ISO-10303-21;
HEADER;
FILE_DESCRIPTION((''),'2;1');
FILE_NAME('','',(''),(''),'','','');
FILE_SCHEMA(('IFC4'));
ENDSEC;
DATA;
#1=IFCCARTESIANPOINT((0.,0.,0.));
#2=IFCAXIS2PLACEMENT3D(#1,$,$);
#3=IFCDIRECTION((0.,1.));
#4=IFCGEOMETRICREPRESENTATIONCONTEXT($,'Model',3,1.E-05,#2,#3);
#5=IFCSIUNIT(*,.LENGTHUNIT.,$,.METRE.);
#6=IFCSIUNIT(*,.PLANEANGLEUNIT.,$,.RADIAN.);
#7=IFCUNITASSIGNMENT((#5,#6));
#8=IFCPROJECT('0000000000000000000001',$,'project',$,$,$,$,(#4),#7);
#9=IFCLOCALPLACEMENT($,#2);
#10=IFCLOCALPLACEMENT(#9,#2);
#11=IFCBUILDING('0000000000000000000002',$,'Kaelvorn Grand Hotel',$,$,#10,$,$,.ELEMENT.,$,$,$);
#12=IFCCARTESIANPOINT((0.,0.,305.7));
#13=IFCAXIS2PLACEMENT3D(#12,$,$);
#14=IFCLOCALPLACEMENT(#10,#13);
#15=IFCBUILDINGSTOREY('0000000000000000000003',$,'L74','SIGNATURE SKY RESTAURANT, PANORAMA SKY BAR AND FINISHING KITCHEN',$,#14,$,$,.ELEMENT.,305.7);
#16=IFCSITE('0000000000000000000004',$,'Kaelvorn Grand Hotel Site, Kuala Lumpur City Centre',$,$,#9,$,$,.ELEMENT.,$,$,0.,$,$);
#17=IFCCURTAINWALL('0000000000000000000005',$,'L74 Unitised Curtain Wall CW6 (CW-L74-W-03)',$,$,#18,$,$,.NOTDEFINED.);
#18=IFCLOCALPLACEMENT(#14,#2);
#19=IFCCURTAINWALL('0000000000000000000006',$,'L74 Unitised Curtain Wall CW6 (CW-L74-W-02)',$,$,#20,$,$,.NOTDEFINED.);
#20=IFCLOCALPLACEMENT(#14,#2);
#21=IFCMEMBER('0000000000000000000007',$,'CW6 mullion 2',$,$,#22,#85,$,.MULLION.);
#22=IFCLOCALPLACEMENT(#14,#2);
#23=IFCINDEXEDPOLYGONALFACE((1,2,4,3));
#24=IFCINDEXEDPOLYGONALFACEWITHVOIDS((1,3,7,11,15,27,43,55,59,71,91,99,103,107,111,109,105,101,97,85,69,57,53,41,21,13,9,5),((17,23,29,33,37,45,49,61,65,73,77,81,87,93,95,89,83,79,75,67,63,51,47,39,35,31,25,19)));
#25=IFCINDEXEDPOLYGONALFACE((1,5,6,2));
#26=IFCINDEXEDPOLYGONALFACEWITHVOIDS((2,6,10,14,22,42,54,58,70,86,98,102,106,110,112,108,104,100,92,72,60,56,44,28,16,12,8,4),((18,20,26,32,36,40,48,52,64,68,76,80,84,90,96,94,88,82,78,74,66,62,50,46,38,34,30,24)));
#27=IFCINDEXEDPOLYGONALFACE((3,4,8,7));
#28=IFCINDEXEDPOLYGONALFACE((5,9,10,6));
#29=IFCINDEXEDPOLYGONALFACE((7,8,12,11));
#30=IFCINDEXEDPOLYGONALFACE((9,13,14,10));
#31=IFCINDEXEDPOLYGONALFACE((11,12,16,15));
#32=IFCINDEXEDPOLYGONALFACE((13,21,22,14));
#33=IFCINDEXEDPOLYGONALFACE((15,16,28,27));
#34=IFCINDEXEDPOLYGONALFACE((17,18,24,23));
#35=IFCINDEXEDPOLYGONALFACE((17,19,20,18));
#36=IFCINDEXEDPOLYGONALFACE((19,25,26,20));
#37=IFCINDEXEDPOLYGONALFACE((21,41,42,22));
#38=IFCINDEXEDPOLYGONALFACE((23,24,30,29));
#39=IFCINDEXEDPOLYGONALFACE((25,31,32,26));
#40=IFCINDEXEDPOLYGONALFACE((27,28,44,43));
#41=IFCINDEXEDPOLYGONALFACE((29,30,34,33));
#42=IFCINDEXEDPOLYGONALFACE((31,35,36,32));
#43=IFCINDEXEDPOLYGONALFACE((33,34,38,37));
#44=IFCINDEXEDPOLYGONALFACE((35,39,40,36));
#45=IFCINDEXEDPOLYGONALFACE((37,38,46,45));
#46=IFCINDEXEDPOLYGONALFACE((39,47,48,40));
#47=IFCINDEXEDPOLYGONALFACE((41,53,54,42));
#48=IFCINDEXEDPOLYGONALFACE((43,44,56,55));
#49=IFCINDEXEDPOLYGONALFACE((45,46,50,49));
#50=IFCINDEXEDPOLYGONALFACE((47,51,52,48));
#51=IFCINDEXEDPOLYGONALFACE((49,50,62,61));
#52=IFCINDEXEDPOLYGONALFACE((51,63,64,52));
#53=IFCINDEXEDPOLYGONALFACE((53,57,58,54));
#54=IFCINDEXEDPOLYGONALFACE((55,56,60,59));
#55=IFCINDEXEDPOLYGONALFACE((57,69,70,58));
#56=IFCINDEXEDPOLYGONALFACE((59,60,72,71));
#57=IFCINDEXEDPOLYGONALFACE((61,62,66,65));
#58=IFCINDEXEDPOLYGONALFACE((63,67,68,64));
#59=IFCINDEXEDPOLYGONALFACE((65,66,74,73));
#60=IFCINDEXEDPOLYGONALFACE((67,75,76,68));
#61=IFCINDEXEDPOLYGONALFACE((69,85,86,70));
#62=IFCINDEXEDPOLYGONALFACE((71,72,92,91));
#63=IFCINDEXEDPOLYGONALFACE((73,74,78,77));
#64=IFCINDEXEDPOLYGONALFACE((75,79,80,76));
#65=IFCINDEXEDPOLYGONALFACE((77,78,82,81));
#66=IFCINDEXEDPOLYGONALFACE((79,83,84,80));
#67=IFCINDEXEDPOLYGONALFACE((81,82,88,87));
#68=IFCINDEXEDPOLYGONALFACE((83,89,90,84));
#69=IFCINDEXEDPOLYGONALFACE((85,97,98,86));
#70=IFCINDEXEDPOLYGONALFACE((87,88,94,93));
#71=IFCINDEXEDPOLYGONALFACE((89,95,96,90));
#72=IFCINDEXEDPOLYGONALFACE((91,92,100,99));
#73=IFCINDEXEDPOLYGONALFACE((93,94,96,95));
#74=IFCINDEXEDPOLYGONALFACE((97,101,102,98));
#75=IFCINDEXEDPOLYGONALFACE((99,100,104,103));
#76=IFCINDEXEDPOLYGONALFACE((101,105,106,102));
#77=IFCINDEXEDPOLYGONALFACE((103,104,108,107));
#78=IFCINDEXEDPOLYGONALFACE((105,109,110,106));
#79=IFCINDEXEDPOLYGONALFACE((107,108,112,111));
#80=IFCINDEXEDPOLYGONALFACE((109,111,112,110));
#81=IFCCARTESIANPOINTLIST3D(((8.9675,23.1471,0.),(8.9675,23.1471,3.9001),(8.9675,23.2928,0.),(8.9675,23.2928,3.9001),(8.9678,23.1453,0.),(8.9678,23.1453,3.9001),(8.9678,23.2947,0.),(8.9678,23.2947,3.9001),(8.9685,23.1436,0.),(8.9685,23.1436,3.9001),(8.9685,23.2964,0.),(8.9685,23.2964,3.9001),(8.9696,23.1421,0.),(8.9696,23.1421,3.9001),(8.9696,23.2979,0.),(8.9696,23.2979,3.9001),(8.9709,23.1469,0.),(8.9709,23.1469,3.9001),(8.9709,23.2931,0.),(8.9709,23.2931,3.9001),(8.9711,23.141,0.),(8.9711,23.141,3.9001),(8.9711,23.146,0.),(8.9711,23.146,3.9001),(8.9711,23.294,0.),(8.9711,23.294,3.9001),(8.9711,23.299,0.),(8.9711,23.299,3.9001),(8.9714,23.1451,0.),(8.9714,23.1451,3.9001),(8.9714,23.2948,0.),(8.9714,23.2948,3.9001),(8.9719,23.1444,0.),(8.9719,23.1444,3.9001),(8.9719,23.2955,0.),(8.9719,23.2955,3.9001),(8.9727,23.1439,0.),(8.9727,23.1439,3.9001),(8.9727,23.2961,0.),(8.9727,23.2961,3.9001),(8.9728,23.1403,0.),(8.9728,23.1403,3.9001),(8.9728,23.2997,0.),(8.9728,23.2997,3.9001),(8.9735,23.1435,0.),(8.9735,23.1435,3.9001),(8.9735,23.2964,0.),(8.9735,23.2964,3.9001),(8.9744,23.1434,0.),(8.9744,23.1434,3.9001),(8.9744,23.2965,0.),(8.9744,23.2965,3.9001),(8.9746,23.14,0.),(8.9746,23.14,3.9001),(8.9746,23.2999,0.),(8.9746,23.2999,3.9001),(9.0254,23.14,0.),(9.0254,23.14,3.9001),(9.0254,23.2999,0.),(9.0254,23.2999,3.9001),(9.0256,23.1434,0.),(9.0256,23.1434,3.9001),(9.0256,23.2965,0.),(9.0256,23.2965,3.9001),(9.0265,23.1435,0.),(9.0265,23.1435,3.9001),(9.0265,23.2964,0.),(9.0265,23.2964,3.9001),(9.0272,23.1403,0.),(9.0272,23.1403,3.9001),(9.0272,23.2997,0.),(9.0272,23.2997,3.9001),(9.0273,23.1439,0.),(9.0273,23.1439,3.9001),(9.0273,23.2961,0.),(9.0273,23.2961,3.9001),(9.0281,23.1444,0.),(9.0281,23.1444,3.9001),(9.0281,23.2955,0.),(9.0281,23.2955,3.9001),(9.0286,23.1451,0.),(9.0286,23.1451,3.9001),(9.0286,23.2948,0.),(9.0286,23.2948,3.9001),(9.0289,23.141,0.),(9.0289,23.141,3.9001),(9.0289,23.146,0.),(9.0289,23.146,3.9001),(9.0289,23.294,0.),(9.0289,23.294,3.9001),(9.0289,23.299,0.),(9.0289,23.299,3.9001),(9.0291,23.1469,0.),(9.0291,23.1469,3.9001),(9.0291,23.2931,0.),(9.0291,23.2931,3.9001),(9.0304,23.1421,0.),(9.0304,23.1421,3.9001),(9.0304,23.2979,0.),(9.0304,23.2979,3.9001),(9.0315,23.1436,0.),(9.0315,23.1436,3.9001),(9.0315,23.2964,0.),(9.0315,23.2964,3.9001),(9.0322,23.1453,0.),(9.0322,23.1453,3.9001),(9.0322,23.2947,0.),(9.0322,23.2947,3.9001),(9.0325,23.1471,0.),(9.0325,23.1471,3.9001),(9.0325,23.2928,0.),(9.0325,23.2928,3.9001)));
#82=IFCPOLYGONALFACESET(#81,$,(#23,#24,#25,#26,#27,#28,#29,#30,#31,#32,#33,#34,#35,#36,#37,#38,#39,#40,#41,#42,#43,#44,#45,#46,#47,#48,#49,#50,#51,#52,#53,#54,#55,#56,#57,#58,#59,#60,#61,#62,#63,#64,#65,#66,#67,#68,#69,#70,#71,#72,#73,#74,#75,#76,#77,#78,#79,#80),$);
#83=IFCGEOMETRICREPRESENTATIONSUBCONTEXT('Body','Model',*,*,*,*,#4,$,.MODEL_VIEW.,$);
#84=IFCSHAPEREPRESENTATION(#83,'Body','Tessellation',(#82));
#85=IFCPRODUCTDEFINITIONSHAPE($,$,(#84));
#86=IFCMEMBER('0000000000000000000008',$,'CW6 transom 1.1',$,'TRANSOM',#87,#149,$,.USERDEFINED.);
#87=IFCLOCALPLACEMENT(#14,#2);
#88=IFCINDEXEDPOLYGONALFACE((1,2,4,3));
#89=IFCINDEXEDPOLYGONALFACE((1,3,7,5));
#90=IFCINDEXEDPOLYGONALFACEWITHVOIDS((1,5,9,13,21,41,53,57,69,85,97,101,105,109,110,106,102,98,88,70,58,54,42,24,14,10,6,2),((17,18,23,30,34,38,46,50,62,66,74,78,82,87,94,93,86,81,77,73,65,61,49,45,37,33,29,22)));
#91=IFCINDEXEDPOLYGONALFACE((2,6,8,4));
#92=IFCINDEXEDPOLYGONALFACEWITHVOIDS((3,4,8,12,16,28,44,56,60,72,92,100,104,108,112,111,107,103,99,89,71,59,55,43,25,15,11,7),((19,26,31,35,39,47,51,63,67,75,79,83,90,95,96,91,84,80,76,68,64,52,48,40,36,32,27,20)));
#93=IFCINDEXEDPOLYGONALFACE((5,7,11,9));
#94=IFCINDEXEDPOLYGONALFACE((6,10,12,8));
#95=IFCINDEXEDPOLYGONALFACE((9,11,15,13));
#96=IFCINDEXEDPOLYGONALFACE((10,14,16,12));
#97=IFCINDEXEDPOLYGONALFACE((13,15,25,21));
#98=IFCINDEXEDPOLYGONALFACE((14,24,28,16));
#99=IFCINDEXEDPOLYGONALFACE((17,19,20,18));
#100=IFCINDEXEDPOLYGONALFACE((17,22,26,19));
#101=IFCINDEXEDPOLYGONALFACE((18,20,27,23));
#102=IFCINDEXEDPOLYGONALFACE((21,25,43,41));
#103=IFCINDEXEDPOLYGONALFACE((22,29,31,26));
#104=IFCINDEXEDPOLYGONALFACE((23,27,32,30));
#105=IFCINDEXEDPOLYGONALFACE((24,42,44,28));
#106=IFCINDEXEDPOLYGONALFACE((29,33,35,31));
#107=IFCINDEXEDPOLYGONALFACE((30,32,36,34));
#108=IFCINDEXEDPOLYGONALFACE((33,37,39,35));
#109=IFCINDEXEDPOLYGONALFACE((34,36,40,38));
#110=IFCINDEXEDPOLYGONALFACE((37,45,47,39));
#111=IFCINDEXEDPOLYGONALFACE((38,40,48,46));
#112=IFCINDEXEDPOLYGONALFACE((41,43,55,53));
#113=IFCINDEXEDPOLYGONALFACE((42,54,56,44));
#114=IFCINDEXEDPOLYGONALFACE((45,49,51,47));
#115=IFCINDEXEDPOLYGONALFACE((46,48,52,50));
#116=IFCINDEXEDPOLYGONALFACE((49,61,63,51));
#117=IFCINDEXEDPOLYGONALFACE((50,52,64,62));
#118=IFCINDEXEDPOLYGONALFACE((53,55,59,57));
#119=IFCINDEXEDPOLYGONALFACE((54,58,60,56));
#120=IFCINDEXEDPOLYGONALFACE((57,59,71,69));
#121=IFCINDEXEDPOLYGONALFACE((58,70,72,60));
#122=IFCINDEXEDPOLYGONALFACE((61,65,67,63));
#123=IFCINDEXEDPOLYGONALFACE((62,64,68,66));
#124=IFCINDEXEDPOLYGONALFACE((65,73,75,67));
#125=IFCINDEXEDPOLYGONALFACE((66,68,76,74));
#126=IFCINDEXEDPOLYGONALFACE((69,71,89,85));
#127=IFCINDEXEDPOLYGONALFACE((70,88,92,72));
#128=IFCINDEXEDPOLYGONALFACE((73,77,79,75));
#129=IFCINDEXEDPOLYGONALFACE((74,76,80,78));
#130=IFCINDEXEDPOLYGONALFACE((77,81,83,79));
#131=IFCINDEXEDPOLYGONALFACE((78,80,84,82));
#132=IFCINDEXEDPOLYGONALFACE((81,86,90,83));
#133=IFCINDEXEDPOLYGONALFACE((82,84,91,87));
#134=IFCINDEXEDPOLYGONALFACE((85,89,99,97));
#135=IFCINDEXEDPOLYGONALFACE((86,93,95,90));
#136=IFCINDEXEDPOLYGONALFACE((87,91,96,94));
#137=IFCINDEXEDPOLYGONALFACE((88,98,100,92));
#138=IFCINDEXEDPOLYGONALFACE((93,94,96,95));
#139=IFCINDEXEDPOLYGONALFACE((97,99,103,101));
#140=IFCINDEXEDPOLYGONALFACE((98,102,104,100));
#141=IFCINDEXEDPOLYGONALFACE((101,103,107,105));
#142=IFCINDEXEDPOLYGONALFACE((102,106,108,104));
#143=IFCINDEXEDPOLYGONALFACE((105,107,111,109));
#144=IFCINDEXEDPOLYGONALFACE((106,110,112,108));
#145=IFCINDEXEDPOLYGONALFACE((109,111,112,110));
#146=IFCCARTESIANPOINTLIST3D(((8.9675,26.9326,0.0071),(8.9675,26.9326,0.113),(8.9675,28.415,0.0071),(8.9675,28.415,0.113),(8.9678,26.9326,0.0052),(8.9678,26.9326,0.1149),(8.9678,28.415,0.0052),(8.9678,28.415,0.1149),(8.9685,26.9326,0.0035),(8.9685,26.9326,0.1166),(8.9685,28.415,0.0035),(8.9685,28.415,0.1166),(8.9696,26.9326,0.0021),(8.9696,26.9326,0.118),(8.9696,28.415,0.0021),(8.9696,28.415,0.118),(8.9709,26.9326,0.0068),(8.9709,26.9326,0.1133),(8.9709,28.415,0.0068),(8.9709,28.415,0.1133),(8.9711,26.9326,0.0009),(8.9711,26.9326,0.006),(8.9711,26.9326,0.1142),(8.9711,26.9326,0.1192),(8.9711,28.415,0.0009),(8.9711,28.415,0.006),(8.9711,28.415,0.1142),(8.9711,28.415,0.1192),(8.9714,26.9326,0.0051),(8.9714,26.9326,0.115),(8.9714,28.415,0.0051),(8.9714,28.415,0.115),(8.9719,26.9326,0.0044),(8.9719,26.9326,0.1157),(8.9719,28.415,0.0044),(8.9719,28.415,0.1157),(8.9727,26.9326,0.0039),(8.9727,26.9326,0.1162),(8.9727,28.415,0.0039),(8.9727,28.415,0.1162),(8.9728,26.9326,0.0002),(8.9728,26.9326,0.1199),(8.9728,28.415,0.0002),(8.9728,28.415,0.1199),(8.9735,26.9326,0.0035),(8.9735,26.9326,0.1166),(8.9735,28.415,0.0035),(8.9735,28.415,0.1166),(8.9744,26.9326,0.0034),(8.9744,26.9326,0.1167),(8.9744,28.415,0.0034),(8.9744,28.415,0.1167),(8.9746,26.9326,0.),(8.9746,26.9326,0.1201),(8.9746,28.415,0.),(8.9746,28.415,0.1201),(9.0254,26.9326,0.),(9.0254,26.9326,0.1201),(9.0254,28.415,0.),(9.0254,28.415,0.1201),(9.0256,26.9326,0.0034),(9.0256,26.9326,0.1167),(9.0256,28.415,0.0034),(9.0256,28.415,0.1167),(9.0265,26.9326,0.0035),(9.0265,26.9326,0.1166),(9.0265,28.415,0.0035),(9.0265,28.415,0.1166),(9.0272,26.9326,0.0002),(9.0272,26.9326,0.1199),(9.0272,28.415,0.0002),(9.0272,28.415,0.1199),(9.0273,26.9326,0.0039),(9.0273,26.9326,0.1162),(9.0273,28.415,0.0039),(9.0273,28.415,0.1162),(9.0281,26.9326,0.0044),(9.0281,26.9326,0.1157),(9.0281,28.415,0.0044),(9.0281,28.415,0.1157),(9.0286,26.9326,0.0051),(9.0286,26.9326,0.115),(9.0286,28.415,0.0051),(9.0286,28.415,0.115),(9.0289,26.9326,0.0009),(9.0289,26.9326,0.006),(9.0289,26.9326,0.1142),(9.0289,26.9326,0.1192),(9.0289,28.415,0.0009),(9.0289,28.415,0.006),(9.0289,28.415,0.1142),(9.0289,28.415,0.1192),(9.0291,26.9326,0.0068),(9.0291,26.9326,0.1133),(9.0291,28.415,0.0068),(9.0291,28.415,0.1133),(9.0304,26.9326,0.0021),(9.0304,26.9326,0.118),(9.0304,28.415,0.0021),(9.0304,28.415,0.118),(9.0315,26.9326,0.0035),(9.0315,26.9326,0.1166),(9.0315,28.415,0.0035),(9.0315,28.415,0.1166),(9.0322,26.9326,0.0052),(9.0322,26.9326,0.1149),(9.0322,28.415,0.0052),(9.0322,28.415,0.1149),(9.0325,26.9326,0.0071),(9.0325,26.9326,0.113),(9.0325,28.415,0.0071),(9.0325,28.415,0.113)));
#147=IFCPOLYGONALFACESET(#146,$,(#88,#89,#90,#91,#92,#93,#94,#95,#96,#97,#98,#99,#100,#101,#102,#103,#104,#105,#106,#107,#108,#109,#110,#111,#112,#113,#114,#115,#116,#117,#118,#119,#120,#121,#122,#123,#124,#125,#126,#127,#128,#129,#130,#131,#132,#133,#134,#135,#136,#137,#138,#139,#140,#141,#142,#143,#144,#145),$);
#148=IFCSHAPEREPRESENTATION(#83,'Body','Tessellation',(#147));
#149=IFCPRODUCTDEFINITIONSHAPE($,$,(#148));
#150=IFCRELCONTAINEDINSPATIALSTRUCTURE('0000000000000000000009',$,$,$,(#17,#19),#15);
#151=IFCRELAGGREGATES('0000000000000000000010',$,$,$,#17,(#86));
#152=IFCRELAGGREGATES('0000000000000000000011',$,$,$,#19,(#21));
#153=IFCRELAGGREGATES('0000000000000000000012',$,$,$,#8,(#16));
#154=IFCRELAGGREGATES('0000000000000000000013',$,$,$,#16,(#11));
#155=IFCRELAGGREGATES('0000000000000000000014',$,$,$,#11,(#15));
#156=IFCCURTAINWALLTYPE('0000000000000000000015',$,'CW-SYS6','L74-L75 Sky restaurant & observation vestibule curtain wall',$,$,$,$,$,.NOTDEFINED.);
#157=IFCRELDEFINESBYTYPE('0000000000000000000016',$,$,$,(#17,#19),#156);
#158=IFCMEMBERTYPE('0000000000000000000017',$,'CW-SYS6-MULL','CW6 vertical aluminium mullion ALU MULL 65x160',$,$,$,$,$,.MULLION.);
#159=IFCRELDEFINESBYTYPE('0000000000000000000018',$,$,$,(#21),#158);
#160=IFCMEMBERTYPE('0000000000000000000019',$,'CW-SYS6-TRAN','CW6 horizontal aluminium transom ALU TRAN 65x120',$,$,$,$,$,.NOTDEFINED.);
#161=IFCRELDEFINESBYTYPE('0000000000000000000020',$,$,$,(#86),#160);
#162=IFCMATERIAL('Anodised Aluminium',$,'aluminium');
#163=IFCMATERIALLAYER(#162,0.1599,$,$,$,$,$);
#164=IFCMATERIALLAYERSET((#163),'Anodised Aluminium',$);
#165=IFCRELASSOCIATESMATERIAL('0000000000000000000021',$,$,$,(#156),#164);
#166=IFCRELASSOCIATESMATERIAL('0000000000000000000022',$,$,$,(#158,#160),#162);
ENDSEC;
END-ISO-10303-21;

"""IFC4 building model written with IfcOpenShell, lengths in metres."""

from ifc_helpers import new_model, si_unit, direction, frame, origin, origin_2d, place, context, subcontext, project, spatial, hollow_rectangle, extrude, material, layer, layer_set, material_profile, profile_set, type_object, element, aggregate, save


model = new_model("IFC4")

# Units and contexts
model_context = context("Model", 3, precision=1e-05, world=origin(), true_north=direction((0.0, 1.0)))
body_context = subcontext(model_context, "Body", "Model", "MODEL_VIEW")
ifc_project = project(units=[si_unit("LENGTHUNIT", "METRE"), si_unit("PLANEANGLEUNIT", "RADIAN")], contexts=[model_context])

# Site, building, storey
site_placement = place(None, origin())
site = spatial("IfcSite", under=ifc_project, at=site_placement, Name="Kaelvorn Grand Hotel Site, Kuala Lumpur City Centre", CompositionType="ELEMENT", RefElevation=0.0)
building_placement = place(site_placement, origin())
building = spatial("IfcBuilding", under=site, at=building_placement, Name="Kaelvorn Grand Hotel", CompositionType="ELEMENT")
storey_placement = place(building_placement, frame((0.0, 0.0, 305.7)))
storey = spatial("IfcBuildingStorey", under=building, at=storey_placement, Name="L74", Description="SIGNATURE SKY RESTAURANT, PANORAMA SKY BAR AND FINISHING KITCHEN", CompositionType="ELEMENT", Elevation=305.7)

# Curtain walls, member
ifc_material_1 = material(Name="Anodised Aluminium", Category="aluminium")
ifc_layer_1 = layer(ifc_material_1, 0.1599)
ifc_layer_set_1 = layer_set([ifc_layer_1], Name="Anodised Aluminium")
curtain_wall_type = type_object("IfcCurtainWallType", Name="CW-SYS6", Description="L74-L75 Sky restaurant & observation vestibule curtain wall", PredefinedType="NOTDEFINED", material=ifc_layer_set_1)
curtain_wall_1_placement = place(storey_placement, origin())
curtain_wall_1 = element("IfcCurtainWall", 1, at=curtain_wall_1_placement, inside=storey, type_object=curtain_wall_type, Name="L74 Unitised Curtain Wall CW6 (CW-L74-W-03)", PredefinedType="NOTDEFINED")
ifc_material_profile_1 = material_profile(ifc_material_1, hollow_rectangle(XDim=0.0649, YDim=0.1599, WallThickness=0.0034, InnerFilletRadius=0.0034, OuterFilletRadius=0.0071, at=origin_2d()), Name="ALU MULL 65x160")
ifc_profile_set_1 = profile_set([ifc_material_profile_1], Name="Anodised Aluminium")
member_type_1 = type_object("IfcMemberType", Name="CW-SYS6-MULL", Description="CW6 vertical aluminium mullion ALU MULL 65x160", PredefinedType="MULLION", material=ifc_profile_set_1)
curtain_wall_2_placement = place(storey_placement, origin())
curtain_wall_2 = element("IfcCurtainWall", 2, at=curtain_wall_2_placement, inside=storey, type_object=curtain_wall_type, Name="L74 Unitised Curtain Wall CW6 (CW-L74-W-02)", PredefinedType="NOTDEFINED")
member_1_placement = place(storey_placement, frame((9.0, 23.22, 0.0), z_axis=(0.0, 0.0, 1.0), x_axis=(1.0, 0.0, 0.0)))
member_1 = element("IfcMember", 3, at=member_1_placement, type_object=member_type_1, Name="CW6 mullion 2", PredefinedType="MULLION", context=body_context, shape_type="SweptSolid", body=[
    extrude(hollow_rectangle(XDim=0.0649, YDim=0.1599, WallThickness=0.0034, InnerFilletRadius=0.0034, OuterFilletRadius=0.0071, at=origin_2d()), origin(), (0.0, 0.0, 1.0), 3.9001),
])

# Member
ifc_material_profile_2 = material_profile(ifc_material_1, hollow_rectangle(XDim=0.0649, YDim=0.1201, WallThickness=0.0034, InnerFilletRadius=0.0034, OuterFilletRadius=0.0071, at=origin_2d()), Name="ALU TRAN 65x120")
ifc_profile_set_2 = profile_set([ifc_material_profile_2], Name="Anodised Aluminium")
member_type_2 = type_object("IfcMemberType", Name="CW-SYS6-TRAN", Description="CW6 horizontal aluminium transom ALU TRAN 65x120", PredefinedType="NOTDEFINED", material=ifc_profile_set_2)
member_2_placement = place(storey_placement, frame((9.0, 28.415, 0.0601), z_axis=(0.0, -1.0, 0.0), x_axis=(1.0, 0.0, 0.0)))
member_2 = element("IfcMember", 4, at=member_2_placement, type_object=member_type_2, Name="CW6 transom 1.1", ObjectType="TRANSOM", PredefinedType="USERDEFINED", context=body_context, shape_type="SweptSolid", body=[
    extrude(hollow_rectangle(XDim=0.0649, YDim=0.1201, WallThickness=0.0034, InnerFilletRadius=0.0034, OuterFilletRadius=0.0071, at=origin_2d()), origin(), (0.0, 0.0, 1.0), 1.4824),
])

aggregate(curtain_wall_1, [member_2])
aggregate(curtain_wall_2, [member_1])

save(model, "model.ifc")
